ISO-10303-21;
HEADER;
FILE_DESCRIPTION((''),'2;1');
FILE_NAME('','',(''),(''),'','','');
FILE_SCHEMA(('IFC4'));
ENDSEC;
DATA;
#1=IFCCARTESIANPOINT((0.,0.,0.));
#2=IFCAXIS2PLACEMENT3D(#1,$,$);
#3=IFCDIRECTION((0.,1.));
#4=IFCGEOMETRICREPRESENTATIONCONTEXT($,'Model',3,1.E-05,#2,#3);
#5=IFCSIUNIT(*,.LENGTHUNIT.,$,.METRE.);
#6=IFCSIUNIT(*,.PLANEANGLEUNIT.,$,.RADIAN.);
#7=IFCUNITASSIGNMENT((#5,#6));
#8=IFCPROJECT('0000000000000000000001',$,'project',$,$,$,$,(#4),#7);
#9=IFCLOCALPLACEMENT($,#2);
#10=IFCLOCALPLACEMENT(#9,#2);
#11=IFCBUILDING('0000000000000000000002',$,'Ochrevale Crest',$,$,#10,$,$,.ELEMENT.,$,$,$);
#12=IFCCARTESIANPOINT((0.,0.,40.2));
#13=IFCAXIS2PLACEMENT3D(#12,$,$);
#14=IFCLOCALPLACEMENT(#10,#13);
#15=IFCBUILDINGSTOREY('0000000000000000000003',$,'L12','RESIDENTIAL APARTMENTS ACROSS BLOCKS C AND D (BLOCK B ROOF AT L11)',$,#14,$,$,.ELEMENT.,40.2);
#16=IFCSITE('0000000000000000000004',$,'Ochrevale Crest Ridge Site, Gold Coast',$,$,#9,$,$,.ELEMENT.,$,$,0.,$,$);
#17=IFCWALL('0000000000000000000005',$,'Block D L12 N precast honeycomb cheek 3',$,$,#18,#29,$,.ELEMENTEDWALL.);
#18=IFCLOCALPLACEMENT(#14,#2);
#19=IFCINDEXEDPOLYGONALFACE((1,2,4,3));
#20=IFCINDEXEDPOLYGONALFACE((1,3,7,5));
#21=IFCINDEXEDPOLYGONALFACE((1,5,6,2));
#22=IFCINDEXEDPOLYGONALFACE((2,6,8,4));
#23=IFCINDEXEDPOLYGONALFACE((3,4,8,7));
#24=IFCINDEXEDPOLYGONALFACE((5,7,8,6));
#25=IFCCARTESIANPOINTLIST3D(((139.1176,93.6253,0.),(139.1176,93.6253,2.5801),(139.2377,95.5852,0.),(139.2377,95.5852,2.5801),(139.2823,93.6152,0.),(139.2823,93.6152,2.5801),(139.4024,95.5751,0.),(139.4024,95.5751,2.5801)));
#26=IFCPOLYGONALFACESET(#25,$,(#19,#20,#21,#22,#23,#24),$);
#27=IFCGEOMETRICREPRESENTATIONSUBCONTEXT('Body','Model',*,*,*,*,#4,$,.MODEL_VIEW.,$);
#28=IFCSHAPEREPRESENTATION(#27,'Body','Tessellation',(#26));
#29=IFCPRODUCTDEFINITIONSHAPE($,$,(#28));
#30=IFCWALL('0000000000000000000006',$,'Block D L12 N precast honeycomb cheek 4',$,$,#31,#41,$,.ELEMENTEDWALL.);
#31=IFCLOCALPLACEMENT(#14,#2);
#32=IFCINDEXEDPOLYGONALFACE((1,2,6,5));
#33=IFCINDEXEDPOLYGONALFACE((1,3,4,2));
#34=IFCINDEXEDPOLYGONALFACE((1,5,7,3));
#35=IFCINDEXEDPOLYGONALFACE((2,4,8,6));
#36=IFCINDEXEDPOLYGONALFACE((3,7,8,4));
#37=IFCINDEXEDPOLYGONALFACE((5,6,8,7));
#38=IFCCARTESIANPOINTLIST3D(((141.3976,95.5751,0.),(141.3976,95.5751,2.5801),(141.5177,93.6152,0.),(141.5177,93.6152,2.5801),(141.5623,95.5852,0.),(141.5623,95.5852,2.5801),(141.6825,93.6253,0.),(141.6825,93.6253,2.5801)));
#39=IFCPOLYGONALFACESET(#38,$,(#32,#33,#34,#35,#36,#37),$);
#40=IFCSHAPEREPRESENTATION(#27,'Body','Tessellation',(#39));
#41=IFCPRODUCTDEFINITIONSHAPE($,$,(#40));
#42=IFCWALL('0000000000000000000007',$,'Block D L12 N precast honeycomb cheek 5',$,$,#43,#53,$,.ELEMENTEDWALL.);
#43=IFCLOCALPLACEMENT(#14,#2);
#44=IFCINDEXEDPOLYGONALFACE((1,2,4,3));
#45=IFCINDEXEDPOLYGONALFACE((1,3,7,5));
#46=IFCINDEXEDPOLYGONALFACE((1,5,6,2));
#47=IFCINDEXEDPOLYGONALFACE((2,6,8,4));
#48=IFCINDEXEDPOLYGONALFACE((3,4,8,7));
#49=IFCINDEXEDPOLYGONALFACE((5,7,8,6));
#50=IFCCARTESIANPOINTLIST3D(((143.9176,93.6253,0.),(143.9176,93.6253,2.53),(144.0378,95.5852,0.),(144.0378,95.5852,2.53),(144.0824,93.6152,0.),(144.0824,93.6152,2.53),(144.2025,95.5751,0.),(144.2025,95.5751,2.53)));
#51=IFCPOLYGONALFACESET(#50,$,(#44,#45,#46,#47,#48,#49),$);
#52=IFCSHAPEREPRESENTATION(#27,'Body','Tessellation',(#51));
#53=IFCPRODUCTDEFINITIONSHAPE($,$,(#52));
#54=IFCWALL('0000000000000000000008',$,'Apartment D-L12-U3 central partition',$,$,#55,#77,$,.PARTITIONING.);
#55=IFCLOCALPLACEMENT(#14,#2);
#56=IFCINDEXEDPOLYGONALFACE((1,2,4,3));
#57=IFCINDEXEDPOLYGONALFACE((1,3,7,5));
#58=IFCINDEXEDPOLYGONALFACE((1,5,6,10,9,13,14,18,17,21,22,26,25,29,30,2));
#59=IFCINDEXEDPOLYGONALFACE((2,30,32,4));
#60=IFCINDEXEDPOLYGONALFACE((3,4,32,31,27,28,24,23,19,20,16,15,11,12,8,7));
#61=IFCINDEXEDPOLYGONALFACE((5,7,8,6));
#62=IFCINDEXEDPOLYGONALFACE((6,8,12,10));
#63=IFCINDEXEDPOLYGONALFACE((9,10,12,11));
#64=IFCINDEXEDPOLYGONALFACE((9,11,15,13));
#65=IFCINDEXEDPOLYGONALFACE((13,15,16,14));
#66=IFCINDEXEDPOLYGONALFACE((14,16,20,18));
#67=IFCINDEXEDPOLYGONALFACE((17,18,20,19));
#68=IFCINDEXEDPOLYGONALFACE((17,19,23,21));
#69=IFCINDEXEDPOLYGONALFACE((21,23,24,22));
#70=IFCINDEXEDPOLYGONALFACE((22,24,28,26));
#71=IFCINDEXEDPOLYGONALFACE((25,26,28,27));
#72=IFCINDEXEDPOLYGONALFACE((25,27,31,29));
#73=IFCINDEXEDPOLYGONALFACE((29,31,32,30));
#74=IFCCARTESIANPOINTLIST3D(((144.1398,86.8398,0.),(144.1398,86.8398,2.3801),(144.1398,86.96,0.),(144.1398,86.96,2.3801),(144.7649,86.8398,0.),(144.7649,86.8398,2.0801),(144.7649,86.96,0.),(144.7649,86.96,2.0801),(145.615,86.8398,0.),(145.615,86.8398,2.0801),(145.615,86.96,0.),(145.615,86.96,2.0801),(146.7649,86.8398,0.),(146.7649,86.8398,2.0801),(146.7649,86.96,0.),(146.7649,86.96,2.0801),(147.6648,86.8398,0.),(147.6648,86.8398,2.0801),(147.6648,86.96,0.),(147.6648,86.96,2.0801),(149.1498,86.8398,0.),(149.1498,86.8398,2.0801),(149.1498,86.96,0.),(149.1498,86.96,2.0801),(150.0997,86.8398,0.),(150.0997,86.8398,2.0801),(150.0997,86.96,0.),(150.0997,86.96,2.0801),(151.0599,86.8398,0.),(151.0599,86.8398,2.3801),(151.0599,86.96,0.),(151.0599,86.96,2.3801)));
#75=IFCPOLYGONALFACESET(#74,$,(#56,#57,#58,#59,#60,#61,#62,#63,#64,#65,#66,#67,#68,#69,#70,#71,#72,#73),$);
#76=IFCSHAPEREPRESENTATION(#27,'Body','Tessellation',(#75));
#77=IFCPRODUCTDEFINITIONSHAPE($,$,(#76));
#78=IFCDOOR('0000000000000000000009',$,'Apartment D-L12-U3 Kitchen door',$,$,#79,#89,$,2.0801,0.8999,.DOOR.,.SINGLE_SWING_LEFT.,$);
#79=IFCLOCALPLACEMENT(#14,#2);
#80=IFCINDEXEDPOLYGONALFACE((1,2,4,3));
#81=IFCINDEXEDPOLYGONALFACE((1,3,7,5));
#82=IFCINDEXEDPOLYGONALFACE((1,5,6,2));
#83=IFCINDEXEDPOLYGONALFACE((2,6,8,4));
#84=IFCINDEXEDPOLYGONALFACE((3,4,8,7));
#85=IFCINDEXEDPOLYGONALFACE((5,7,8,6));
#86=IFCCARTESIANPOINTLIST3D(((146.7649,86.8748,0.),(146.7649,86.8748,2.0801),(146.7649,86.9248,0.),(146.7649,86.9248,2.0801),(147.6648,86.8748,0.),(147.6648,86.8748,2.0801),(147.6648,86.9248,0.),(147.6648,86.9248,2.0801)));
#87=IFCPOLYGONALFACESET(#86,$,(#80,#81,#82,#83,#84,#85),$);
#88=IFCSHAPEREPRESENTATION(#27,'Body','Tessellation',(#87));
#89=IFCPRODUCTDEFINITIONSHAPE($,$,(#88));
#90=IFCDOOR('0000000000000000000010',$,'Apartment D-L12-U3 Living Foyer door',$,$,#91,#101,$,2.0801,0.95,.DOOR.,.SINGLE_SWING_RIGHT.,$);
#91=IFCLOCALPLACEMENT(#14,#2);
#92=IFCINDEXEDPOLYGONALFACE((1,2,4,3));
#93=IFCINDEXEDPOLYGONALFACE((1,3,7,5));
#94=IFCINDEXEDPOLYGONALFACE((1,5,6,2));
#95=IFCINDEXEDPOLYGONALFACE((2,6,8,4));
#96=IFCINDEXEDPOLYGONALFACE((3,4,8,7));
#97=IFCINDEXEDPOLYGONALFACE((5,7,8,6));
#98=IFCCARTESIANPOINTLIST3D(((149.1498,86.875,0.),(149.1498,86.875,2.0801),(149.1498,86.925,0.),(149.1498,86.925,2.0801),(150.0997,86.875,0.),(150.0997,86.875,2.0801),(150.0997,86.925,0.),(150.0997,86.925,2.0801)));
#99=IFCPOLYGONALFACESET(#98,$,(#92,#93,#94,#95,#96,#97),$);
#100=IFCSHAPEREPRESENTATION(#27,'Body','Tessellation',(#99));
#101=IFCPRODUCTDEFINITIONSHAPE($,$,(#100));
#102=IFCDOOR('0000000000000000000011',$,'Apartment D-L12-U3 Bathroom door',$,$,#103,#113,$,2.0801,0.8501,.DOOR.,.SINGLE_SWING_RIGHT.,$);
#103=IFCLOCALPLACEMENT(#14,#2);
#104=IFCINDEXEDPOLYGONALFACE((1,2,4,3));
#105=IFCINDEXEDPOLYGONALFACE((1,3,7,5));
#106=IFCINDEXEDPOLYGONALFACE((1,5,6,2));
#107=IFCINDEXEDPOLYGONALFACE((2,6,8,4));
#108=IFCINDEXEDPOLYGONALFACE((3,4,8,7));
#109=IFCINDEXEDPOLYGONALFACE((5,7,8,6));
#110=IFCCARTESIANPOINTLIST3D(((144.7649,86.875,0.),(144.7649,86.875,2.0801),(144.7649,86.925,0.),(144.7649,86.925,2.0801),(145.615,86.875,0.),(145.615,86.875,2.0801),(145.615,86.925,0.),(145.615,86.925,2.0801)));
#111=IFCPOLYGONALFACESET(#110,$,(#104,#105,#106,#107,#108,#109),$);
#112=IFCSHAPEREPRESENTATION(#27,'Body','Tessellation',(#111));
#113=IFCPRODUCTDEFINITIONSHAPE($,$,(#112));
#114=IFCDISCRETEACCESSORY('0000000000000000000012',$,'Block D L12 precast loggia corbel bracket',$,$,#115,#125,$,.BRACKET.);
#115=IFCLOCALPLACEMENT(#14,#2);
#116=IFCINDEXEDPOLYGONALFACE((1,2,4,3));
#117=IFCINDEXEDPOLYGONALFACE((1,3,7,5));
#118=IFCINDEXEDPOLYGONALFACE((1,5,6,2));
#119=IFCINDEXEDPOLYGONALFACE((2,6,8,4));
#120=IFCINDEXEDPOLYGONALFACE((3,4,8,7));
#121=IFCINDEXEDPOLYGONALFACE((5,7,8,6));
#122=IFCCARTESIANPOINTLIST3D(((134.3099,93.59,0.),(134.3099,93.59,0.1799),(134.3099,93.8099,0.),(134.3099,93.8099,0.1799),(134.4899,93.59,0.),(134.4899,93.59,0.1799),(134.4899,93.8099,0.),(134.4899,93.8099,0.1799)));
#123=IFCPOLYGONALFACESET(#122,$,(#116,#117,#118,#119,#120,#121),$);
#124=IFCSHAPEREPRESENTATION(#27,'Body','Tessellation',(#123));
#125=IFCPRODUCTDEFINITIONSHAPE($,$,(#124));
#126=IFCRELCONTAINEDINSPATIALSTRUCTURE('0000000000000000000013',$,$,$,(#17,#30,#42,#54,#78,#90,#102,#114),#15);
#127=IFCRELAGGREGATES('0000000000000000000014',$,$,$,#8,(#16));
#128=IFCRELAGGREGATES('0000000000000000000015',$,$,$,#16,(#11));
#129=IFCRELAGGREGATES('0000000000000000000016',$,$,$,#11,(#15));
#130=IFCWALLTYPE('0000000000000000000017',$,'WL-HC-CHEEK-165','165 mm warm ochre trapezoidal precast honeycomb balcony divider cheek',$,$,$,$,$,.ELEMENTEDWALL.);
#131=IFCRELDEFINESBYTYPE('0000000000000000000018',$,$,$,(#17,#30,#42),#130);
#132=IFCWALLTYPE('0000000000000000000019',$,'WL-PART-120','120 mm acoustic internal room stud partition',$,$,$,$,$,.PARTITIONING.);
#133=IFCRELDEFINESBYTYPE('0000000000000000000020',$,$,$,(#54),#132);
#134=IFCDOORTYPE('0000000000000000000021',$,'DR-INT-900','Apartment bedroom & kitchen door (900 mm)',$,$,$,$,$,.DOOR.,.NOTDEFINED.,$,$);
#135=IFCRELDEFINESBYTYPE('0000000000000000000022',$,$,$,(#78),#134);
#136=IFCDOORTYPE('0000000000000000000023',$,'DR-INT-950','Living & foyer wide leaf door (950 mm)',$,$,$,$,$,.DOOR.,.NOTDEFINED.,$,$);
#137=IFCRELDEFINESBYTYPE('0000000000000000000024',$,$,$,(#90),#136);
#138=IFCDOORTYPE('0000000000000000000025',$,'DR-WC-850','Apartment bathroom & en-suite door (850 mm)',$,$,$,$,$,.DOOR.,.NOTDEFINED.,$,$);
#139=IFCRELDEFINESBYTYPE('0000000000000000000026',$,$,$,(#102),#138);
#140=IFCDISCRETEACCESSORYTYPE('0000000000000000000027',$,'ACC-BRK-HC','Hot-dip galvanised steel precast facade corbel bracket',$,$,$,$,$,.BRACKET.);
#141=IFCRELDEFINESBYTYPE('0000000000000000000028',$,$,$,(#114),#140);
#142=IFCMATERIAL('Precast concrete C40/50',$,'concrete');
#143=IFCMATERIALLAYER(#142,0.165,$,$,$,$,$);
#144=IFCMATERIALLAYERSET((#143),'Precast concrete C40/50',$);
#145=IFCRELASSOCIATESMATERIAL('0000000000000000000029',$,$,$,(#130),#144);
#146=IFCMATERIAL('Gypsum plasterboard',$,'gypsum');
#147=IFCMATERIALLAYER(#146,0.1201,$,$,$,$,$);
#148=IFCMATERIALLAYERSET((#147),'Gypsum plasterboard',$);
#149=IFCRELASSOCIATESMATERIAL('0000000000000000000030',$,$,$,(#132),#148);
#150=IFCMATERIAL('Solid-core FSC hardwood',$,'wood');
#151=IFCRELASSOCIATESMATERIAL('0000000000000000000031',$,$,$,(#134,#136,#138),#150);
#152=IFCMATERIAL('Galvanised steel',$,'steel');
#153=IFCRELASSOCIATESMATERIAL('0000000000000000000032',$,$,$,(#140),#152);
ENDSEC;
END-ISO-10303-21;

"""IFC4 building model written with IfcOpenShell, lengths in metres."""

from ifc_helpers import new_model, si_unit, direction, frame, frame_2d, origin, origin_2d, place, context, subcontext, project, spatial, rectangle, extrude, material, layer, layer_set, type_object, element, fill, save


model = new_model("IFC4")

# Units and contexts
model_context = context("Model", 3, precision=1e-05, world=origin(), true_north=direction((0.0, 1.0)))
body_context = subcontext(model_context, "Body", "Model", "MODEL_VIEW")
ifc_project = project(units=[si_unit("LENGTHUNIT", "METRE"), si_unit("PLANEANGLEUNIT", "RADIAN")], contexts=[model_context])

# Site, building, storey
site_placement = place(None, origin())
site = spatial("IfcSite", under=ifc_project, at=site_placement, Name="Ochrevale Crest Ridge Site, Gold Coast", CompositionType="ELEMENT", RefElevation=0.0)
building_placement = place(site_placement, origin())
building = spatial("IfcBuilding", under=site, at=building_placement, Name="Ochrevale Crest", CompositionType="ELEMENT")
storey_placement = place(building_placement, frame((0.0, 0.0, 40.2)))
storey = spatial("IfcBuildingStorey", under=building, at=storey_placement, Name="L12", Description="RESIDENTIAL APARTMENTS ACROSS BLOCKS C AND D (BLOCK B ROOF AT L11)", CompositionType="ELEMENT", Elevation=40.2)

# Shared definitions
ifc_material_1 = material(Name="Precast concrete C40/50", Category="concrete")

# Walls
ifc_layer_1 = layer(ifc_material_1, 0.165)
ifc_layer_set_1 = layer_set([ifc_layer_1], Name="Precast concrete C40/50")
wall_type_1 = type_object("IfcWallType", Name="WL-HC-CHEEK-165", Description="165 mm warm ochre trapezoidal precast honeycomb balcony divider cheek", PredefinedType="ELEMENTEDWALL", material=ifc_layer_set_1)
for number, where, z_axis, x_axis, name in (
    (1, (139.2, 93.6201, 0.0), (0.0, 0.0, 1.0), (0.061171, 0.998127, 0.0), "Block D L12 N precast honeycomb cheek 3"),
    (2, (141.6001, 93.6201, 0.0), (0.0, 0.0, 1.0), (-0.061171, 0.998127, 0.0), "Block D L12 N precast honeycomb cheek 4"),
):
    element("IfcWall", number, at=place(storey_placement, frame(where, z_axis=z_axis, x_axis=x_axis)), inside=storey, type_object=wall_type_1, Name=name, PredefinedType="ELEMENTEDWALL", context=body_context, shape_type="SweptSolid", body=[
        extrude(rectangle(XDim=1.9636, YDim=0.165, at=frame_2d((0.9819, 0.0))), origin(), (0.0, 0.0, 1.0), 2.5801),
    ])
wall_1_placement = place(storey_placement, frame((144.0, 93.6201, 0.0), z_axis=(0.0, 0.0, 1.0), x_axis=(0.061171, 0.998127, 0.0)))
element("IfcWall", 3, at=wall_1_placement, inside=storey, type_object=wall_type_1, Name="Block D L12 N precast honeycomb cheek 5", PredefinedType="ELEMENTEDWALL", context=body_context, shape_type="SweptSolid", body=[
    extrude(rectangle(XDim=1.9636, YDim=0.165, at=frame_2d((0.9819, 0.0))), origin(), (0.0, 0.0, 1.0), 2.53),
])

# Wall, openings, doors
ifc_material_2 = material(Name="Gypsum plasterboard", Category="gypsum")
ifc_layer_2 = layer(ifc_material_2, 0.1201)
ifc_layer_set_2 = layer_set([ifc_layer_2], Name="Gypsum plasterboard")
wall_type_2 = type_object("IfcWallType", Name="WL-PART-120", Description="120 mm acoustic internal room stud partition", PredefinedType="PARTITIONING", material=ifc_layer_set_2)
wall_2_placement = place(storey_placement, frame((144.1399, 86.8999, 0.0), z_axis=(0.0, 0.0, 1.0), x_axis=(1.0, 0.0, 0.0)))
wall_2 = element("IfcWall", 4, at=wall_2_placement, inside=storey, type_object=wall_type_2, Name="Apartment D-L12-U3 central partition", PredefinedType="PARTITIONING", context=body_context, shape_type="SweptSolid", body=[
    extrude(rectangle(XDim=6.9202, YDim=0.1201, at=frame_2d((3.46, 0.0))), origin(), (0.0, 0.0, 1.0), 2.3801),
])
opening_1_placement = place(wall_2_placement, frame((1.4751, 0.0, 0.0), z_axis=(0.0, 0.0, 1.0), x_axis=(-1.0, 0.0, 0.0)))
opening_1 = element("IfcOpeningElement", 5, at=opening_1_placement, cuts=wall_2, PredefinedType="OPENING", context=body_context, shape_type="SweptSolid", body=[
    extrude(rectangle(XDim=0.8501, YDim=2.0801, at=frame_2d((0.425, 1.04))), frame((0.0, 0.0701, 0.0), z_axis=(0.0, -1.0, 0.0), x_axis=(1.0, 0.0, 0.0)), (0.0, 0.0, 1.0), 0.1401),
])
opening_2_placement = place(wall_2_placement, frame((2.625, 0.0, 0.0)))
opening_2 = element("IfcOpeningElement", 6, at=opening_2_placement, cuts=wall_2, PredefinedType="OPENING", context=body_context, shape_type="SweptSolid", body=[
    extrude(rectangle(XDim=0.8999, YDim=2.0801, at=frame_2d((0.45, 1.04))), frame((0.0, 0.0701, 0.0), z_axis=(0.0, -1.0, 0.0), x_axis=(1.0, 0.0, 0.0)), (0.0, 0.0, 1.0), 0.1401),
])
opening_3_placement = place(wall_2_placement, frame((5.96, 0.0, 0.0), z_axis=(0.0, 0.0, 1.0), x_axis=(-1.0, 0.0, 0.0)))
opening_3 = element("IfcOpeningElement", 7, at=opening_3_placement, cuts=wall_2, PredefinedType="OPENING", context=body_context, shape_type="SweptSolid", body=[
    extrude(rectangle(XDim=0.95, YDim=2.0801, at=frame_2d((0.4751, 1.04))), frame((0.0, 0.0701, 0.0), z_axis=(0.0, -1.0, 0.0), x_axis=(1.0, 0.0, 0.0)), (0.0, 0.0, 1.0), 0.1401),
])
ifc_material_3 = material(Name="Solid-core FSC hardwood", Category="wood")
door_type_1 = type_object("IfcDoorType", Name="DR-INT-900", Description="Apartment bedroom & kitchen door (900 mm)", OperationType="NOTDEFINED", PredefinedType="DOOR", material=ifc_material_3)
door_1_placement = place(opening_2_placement, origin())
door_1 = element("IfcDoor", 8, at=door_1_placement, inside=storey, type_object=door_type_1, Name="Apartment D-L12-U3 Kitchen door", OperationType="SINGLE_SWING_LEFT", OverallHeight=2.0801, OverallWidth=0.8999, PredefinedType="DOOR", context=body_context, shape_type="SweptSolid", body=[
    extrude(rectangle(XDim=0.8999, YDim=2.0801, at=frame_2d((0.45, 1.04))), frame((0.0, 0.0249, 0.0), z_axis=(0.0, -1.0, 0.0), x_axis=(1.0, 0.0, 0.0)), (0.0, 0.0, 1.0), 0.05),
])
fill(opening_2, door_1)
door_type_2 = type_object("IfcDoorType", Name="DR-INT-950", Description="Living & foyer wide leaf door (950 mm)", OperationType="NOTDEFINED", PredefinedType="DOOR", material=ifc_material_3)
door_2_placement = place(opening_3_placement, origin())
door_2 = element("IfcDoor", 9, at=door_2_placement, inside=storey, type_object=door_type_2, Name="Apartment D-L12-U3 Living Foyer door", OperationType="SINGLE_SWING_RIGHT", OverallHeight=2.0801, OverallWidth=0.95, PredefinedType="DOOR", context=body_context, shape_type="SweptSolid", body=[
    extrude(rectangle(XDim=0.95, YDim=2.0801, at=frame_2d((0.4751, 1.04))), frame((0.0, 0.0249, 0.0), z_axis=(0.0, -1.0, 0.0), x_axis=(1.0, 0.0, 0.0)), (0.0, 0.0, 1.0), 0.05),
])
fill(opening_3, door_2)
door_type_3 = type_object("IfcDoorType", Name="DR-WC-850", Description="Apartment bathroom & en-suite door (850 mm)", OperationType="NOTDEFINED", PredefinedType="DOOR", material=ifc_material_3)
door_3_placement = place(opening_1_placement, origin())
door_3 = element("IfcDoor", 10, at=door_3_placement, inside=storey, type_object=door_type_3, Name="Apartment D-L12-U3 Bathroom door", OperationType="SINGLE_SWING_RIGHT", OverallHeight=2.0801, OverallWidth=0.8501, PredefinedType="DOOR", context=body_context, shape_type="SweptSolid", body=[
    extrude(rectangle(XDim=0.8501, YDim=2.0801, at=frame_2d((0.425, 1.04))), frame((0.0, 0.0249, 0.0), z_axis=(0.0, -1.0, 0.0), x_axis=(1.0, 0.0, 0.0)), (0.0, 0.0, 1.0), 0.05),
])
fill(opening_1, door_3)

# Discrete accessory
ifc_material_4 = material(Name="Galvanised steel", Category="steel")
discrete_accessory_type = type_object("IfcDiscreteAccessoryType", Name="ACC-BRK-HC", Description="Hot-dip galvanised steel precast facade corbel bracket", PredefinedType="BRACKET", material=ifc_material_4)
discrete_accessory_placement = place(storey_placement, frame((134.3999, 93.7, 0.0), z_axis=(0.0, 0.0, 1.0), x_axis=(1.0, 0.0, 0.0)))
element("IfcDiscreteAccessory", 11, at=discrete_accessory_placement, inside=storey, type_object=discrete_accessory_type, Name="Block D L12 precast loggia corbel bracket", PredefinedType="BRACKET", context=body_context, shape_type="SweptSolid", body=[
    extrude(rectangle(XDim=0.1799, YDim=0.22, at=origin_2d()), origin(), (0.0, 0.0, 1.0), 0.1799),
])

save(model, "model.ifc")
